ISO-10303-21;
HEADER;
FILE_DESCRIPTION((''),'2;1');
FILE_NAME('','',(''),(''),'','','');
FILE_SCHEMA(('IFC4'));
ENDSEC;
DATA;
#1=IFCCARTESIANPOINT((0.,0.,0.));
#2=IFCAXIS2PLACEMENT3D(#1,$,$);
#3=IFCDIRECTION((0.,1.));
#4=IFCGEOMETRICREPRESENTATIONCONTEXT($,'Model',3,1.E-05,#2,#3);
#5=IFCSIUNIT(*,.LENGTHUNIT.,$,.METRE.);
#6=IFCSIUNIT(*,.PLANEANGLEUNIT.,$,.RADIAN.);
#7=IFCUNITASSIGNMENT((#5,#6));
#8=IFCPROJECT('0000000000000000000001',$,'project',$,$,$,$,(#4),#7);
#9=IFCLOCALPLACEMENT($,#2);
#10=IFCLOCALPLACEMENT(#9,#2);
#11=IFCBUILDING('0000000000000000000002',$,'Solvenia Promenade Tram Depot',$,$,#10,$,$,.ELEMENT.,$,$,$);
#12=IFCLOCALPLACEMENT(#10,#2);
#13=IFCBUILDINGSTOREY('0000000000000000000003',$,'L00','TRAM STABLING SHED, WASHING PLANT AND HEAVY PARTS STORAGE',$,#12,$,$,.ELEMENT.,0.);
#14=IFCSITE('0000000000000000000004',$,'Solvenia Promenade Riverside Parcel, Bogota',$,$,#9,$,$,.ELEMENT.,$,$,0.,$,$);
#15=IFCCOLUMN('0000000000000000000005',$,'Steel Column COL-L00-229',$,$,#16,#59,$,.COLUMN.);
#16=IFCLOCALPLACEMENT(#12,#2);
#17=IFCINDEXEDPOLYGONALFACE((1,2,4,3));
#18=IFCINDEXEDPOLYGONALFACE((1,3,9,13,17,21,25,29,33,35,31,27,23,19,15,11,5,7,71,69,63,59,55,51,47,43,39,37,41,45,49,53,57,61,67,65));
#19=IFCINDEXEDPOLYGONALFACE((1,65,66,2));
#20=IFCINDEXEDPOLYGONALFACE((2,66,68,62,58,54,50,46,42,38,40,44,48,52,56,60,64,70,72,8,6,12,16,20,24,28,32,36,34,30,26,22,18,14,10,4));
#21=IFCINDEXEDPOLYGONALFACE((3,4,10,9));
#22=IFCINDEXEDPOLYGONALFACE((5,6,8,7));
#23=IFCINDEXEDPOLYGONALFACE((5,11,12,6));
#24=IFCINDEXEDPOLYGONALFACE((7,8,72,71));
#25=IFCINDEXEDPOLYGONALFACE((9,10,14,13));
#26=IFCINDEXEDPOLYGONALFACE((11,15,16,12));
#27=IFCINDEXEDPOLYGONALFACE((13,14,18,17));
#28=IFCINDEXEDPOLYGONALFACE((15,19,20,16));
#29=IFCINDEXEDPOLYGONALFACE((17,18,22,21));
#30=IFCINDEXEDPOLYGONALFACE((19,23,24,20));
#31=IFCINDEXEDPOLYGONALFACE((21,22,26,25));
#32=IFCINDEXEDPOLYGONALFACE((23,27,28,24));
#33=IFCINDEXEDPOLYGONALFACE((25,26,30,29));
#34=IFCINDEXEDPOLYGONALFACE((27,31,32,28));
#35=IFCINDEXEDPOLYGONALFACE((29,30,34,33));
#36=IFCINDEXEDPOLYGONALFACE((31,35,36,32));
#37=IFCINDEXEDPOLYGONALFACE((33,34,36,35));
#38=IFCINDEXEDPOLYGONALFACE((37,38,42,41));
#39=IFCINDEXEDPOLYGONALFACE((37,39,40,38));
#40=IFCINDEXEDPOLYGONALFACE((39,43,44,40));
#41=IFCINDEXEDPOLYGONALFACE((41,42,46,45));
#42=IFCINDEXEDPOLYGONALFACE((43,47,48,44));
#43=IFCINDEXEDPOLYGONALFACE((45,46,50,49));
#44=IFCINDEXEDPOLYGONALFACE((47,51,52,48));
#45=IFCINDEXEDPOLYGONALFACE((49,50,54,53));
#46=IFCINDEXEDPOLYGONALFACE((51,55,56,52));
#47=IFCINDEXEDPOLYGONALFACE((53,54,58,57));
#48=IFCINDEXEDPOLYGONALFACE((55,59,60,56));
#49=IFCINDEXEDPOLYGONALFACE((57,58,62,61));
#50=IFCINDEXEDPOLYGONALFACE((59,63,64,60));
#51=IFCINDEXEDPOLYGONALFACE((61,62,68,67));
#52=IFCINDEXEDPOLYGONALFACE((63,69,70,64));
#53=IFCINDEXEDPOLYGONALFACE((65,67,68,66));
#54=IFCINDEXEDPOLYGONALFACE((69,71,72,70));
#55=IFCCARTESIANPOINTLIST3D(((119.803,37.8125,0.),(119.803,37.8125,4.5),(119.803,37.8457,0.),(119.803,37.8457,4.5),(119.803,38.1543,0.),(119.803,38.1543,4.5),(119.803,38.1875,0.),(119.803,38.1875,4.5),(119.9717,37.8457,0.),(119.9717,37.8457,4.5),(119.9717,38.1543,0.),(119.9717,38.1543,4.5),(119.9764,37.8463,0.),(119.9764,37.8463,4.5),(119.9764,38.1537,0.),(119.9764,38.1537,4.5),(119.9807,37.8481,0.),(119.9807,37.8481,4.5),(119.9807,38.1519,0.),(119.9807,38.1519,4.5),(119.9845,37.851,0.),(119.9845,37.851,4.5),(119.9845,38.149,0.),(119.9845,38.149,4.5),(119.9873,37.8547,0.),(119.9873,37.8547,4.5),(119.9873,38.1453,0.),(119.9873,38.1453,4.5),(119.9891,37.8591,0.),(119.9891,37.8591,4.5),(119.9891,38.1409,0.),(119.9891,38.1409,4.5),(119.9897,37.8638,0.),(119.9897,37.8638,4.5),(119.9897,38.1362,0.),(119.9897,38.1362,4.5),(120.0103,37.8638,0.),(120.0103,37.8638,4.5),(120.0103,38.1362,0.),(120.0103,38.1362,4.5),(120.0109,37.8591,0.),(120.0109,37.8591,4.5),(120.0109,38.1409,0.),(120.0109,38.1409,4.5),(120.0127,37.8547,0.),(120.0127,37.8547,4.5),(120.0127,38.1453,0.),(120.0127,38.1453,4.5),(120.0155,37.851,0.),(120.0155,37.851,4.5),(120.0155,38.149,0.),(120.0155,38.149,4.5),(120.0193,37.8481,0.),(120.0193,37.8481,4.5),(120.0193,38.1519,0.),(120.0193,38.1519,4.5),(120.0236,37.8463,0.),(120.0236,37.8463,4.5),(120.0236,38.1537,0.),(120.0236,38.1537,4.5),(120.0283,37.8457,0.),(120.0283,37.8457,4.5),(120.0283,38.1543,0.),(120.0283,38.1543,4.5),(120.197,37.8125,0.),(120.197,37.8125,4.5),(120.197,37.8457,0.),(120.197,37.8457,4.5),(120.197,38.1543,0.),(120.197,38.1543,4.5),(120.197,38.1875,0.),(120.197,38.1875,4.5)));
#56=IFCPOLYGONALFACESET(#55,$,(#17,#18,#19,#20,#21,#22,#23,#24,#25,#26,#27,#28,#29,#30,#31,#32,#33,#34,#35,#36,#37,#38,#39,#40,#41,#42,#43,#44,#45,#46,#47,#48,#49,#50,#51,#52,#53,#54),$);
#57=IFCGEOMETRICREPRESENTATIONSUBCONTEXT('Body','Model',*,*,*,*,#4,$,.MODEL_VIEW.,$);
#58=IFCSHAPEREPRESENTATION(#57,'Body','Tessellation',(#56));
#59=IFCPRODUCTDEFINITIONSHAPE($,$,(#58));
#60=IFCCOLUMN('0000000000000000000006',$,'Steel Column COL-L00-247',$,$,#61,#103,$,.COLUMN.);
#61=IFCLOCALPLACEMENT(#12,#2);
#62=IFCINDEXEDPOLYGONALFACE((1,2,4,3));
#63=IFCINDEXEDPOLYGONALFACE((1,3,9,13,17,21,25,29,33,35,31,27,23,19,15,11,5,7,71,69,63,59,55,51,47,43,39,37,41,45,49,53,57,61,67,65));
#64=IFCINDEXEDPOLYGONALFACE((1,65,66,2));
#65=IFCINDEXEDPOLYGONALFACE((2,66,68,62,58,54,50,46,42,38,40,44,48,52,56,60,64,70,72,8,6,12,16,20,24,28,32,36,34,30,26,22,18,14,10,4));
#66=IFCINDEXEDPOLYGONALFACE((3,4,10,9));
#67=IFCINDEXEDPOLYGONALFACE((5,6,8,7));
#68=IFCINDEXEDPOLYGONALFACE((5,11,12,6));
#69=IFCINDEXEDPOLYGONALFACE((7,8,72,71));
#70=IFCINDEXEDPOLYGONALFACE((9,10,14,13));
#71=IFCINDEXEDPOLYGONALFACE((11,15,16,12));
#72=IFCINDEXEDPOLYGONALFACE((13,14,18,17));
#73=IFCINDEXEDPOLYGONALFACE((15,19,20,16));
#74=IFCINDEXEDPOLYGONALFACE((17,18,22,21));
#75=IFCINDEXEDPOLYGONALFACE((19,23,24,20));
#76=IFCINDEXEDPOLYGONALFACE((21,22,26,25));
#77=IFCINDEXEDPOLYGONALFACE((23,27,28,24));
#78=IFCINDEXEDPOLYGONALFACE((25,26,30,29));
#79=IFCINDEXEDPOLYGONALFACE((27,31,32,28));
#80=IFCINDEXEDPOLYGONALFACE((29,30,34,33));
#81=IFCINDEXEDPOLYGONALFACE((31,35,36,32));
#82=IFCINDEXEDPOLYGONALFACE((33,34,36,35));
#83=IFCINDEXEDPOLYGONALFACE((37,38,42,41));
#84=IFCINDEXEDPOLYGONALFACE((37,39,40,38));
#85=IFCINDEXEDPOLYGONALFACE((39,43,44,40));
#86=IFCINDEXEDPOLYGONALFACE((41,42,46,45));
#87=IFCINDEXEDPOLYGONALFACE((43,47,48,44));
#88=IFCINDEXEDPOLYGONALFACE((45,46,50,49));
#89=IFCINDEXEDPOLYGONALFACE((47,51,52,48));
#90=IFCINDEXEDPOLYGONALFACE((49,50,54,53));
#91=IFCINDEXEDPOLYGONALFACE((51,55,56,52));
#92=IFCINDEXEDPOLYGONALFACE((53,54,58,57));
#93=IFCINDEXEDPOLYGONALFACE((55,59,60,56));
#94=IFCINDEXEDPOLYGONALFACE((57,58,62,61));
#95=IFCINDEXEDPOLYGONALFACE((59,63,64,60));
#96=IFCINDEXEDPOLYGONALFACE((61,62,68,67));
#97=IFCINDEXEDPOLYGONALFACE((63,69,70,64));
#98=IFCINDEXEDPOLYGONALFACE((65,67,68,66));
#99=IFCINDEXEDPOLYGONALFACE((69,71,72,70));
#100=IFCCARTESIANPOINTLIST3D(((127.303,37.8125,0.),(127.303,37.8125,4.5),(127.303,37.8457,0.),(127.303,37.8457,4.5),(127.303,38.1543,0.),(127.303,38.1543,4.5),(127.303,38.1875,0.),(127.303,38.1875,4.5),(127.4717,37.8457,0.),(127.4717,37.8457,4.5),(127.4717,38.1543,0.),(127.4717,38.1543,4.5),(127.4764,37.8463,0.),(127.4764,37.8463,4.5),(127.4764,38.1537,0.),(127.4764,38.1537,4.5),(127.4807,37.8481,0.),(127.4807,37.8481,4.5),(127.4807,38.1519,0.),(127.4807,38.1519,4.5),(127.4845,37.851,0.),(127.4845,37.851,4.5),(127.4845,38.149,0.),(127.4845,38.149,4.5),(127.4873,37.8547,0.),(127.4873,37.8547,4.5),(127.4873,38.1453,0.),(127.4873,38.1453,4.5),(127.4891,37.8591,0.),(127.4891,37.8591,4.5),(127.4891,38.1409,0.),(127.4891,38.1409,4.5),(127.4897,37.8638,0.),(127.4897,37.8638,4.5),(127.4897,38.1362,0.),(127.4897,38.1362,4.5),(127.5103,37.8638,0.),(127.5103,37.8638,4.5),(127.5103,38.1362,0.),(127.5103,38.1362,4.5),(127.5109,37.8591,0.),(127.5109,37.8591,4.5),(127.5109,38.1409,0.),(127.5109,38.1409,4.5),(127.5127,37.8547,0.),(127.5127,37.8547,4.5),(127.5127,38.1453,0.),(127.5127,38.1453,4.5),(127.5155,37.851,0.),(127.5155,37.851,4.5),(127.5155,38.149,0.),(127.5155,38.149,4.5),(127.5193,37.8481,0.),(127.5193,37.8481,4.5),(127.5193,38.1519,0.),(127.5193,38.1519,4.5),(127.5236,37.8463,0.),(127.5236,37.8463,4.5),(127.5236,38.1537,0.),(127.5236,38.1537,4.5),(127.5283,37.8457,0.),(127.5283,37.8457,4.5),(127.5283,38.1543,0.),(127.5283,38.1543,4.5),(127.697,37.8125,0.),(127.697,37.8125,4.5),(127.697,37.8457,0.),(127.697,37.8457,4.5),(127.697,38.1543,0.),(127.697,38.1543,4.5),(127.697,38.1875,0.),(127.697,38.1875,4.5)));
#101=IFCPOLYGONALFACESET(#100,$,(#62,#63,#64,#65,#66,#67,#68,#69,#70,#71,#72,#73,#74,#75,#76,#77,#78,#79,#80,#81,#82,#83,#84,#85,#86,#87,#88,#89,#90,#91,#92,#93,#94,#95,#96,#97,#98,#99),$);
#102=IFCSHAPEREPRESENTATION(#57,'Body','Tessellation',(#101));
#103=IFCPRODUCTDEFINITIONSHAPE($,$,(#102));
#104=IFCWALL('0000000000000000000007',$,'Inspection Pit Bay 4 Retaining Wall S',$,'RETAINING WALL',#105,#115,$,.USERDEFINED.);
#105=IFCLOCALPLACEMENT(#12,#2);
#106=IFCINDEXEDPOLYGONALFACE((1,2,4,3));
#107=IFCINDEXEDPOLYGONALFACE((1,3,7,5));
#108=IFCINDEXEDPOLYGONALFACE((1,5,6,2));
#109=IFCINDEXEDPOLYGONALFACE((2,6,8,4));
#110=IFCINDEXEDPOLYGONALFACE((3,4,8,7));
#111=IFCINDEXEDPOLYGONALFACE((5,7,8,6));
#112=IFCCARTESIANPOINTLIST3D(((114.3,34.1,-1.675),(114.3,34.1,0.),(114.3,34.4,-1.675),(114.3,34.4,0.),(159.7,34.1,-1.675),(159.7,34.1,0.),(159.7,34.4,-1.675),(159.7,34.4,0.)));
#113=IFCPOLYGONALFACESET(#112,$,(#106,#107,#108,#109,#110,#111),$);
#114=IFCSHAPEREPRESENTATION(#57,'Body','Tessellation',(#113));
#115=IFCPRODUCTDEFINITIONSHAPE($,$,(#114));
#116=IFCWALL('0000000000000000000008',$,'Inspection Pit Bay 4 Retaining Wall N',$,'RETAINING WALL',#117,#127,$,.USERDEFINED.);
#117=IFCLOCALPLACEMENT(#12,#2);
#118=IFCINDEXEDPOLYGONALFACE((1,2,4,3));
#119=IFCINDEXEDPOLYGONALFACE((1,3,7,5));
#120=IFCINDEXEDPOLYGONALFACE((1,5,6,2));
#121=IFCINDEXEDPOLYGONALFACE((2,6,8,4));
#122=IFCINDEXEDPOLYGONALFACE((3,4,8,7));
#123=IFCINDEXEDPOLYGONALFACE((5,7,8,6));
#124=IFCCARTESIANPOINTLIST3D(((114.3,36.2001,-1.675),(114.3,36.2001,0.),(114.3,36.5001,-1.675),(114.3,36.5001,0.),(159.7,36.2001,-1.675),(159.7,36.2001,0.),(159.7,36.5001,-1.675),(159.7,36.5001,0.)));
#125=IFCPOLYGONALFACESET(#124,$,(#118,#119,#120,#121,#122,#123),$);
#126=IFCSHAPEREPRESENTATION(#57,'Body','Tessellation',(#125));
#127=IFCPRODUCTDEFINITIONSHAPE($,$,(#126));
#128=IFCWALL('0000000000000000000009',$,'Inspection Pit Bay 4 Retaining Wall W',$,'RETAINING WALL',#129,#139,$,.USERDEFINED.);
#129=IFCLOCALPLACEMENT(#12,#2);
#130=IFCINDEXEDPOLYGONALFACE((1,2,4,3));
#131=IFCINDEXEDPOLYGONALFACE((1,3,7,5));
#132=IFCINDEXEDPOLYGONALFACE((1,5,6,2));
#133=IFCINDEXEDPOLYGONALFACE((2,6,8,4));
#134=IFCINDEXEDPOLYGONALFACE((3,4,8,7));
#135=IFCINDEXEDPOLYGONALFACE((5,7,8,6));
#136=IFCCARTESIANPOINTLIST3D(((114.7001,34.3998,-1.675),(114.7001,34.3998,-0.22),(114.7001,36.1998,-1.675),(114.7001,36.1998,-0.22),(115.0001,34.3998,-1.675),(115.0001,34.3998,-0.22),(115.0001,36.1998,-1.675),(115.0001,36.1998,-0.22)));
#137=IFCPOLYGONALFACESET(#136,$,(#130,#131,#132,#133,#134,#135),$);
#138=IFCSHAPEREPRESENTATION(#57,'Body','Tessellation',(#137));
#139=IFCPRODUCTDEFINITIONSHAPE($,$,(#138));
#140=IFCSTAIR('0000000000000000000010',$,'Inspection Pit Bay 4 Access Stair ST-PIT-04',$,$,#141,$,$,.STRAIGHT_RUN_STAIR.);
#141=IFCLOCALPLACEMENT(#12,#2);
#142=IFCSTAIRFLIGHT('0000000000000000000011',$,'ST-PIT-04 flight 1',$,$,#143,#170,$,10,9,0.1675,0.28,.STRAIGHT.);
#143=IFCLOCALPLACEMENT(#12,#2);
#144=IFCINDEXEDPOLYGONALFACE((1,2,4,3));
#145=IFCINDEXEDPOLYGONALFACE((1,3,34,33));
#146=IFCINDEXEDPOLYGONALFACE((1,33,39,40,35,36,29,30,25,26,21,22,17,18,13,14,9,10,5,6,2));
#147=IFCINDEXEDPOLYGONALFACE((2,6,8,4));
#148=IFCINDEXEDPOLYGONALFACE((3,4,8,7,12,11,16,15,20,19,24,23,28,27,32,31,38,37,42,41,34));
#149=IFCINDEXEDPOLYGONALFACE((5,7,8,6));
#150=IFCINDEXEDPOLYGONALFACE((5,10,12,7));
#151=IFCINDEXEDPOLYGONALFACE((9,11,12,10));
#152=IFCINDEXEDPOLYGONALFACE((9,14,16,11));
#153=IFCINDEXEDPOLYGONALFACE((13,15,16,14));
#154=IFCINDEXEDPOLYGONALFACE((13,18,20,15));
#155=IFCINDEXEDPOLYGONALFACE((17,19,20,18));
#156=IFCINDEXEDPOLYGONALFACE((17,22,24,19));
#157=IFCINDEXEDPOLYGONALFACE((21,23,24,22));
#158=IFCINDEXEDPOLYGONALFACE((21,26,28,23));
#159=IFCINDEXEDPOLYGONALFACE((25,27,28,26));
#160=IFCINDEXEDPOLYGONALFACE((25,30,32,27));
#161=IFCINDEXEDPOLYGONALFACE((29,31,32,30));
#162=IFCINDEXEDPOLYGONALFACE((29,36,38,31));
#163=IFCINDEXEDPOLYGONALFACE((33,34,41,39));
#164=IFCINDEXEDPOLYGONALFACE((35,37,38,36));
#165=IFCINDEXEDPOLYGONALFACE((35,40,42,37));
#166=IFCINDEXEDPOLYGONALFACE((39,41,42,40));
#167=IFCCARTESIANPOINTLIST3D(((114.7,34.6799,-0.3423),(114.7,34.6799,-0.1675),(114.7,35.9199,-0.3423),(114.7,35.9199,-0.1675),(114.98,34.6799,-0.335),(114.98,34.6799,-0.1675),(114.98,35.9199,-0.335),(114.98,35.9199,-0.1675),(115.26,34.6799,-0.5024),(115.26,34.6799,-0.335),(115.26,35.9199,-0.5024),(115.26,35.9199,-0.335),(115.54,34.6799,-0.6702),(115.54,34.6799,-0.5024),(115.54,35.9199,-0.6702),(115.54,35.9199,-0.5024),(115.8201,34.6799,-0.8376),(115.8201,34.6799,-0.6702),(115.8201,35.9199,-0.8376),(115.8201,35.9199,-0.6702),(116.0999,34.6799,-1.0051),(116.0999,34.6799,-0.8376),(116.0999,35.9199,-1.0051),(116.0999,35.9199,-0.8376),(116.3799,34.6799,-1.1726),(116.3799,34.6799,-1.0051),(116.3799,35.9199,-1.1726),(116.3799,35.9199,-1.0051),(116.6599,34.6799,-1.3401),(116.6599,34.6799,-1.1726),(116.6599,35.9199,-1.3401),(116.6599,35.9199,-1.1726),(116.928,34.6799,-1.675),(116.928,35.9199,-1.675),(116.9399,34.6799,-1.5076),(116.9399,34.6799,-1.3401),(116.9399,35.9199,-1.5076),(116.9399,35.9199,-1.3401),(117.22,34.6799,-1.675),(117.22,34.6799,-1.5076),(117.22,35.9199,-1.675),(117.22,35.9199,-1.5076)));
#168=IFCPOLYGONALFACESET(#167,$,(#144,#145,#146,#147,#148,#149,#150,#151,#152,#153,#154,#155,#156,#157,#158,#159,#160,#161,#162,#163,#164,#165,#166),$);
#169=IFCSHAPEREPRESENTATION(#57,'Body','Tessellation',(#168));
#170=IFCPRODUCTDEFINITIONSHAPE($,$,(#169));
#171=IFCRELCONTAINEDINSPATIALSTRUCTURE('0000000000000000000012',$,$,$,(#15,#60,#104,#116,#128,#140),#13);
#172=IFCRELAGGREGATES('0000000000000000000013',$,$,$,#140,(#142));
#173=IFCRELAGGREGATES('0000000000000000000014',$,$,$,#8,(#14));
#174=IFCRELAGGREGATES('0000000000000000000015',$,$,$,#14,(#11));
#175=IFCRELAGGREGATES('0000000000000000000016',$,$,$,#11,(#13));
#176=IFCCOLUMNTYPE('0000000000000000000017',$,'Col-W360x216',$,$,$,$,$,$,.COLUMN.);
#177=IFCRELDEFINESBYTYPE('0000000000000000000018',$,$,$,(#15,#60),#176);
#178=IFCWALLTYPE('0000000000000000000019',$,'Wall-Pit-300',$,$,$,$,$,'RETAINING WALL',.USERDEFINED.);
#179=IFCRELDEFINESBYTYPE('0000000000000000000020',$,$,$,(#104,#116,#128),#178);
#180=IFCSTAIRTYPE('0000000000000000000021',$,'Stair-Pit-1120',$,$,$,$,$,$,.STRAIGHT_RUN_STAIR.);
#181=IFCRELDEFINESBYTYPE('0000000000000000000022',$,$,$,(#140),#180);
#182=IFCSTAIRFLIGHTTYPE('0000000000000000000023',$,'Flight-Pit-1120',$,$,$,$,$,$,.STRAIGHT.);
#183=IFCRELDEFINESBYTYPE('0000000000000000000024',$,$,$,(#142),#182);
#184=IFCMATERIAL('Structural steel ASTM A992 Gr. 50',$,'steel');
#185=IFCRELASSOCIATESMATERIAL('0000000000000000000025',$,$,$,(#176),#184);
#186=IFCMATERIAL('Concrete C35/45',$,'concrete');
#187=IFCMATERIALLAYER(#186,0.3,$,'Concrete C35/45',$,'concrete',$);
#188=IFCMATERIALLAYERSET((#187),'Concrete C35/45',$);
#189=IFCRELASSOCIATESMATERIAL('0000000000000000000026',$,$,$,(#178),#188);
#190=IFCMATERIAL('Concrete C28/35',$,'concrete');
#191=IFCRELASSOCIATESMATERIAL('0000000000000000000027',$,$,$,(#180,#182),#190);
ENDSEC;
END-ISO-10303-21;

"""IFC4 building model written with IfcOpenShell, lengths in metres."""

from ifc_helpers import new_model, si_unit, direction, frame, frame_2d, origin, origin_2d, place, context, subcontext, project, spatial, polyline, rectangle, i_section, outline, extrude, material, layer, layer_set, material_profile, profile_set, type_object, element, aggregate, save


model = new_model("IFC4")

# Units and contexts
model_context = context("Model", 3, precision=1e-05, world=origin(), true_north=direction((0.0, 1.0)))
body_context = subcontext(model_context, "Body", "Model", "MODEL_VIEW")
ifc_project = project(units=[si_unit("LENGTHUNIT", "METRE"), si_unit("PLANEANGLEUNIT", "RADIAN")], contexts=[model_context])

# Site, building, storey
site_placement = place(None, origin())
site = spatial("IfcSite", under=ifc_project, at=site_placement, Name="Solvenia Promenade Riverside Parcel, Bogota", CompositionType="ELEMENT", RefElevation=0.0)
building_placement = place(site_placement, origin())
building = spatial("IfcBuilding", under=site, at=building_placement, Name="Solvenia Promenade Tram Depot", CompositionType="ELEMENT")
storey_placement = place(building_placement, origin())
storey = spatial("IfcBuildingStorey", under=building, at=storey_placement, Name="L00", Description="TRAM STABLING SHED, WASHING PLANT AND HEAVY PARTS STORAGE", CompositionType="ELEMENT", Elevation=0.0)

# Shared definitions
ifc_material_1 = material(Name="Concrete C28/35", Category="concrete")

# Columns
ifc_material_2 = material(Name="Structural steel ASTM A992 Gr. 50", Category="steel")
ifc_material_profile_1 = material_profile(ifc_material_2, i_section(OverallWidth=0.394, OverallDepth=0.375, WebThickness=0.0205, FlangeThickness=0.0332, FilletRadius=0.0181, at=origin_2d()), Name="W360x216", Category="steel")
ifc_profile_set_1 = profile_set([ifc_material_profile_1], Name="Structural steel ASTM A992 Gr. 50")
column_type = type_object("IfcColumnType", Name="Col-W360x216", PredefinedType="COLUMN", material=ifc_profile_set_1)
for number, where, z_axis, x_axis, name in (
    (1, (120.0, 38.0, 0.0), (0.0, 0.0, 1.0), (1.0, 0.0, 0.0), "Steel Column COL-L00-229"),
    (2, (127.5, 38.0, 0.0), (0.0, 0.0, 1.0), (1.0, 0.0, 0.0), "Steel Column COL-L00-247"),
):
    element("IfcColumn", number, at=place(storey_placement, frame(where, z_axis=z_axis, x_axis=x_axis)), inside=storey, type_object=column_type, Name=name, PredefinedType="COLUMN", context=body_context, shape_type="SweptSolid", body=[
        extrude(i_section(OverallWidth=0.394, OverallDepth=0.375, WebThickness=0.0205, FlangeThickness=0.0332, FilletRadius=0.0181, at=origin_2d()), origin(), (0.0, 0.0, 1.0), 4.5),
    ])

# Walls
ifc_material_3 = material(Name="Concrete C35/45", Category="concrete")
ifc_layer = layer(ifc_material_3, 0.3, Name="Concrete C35/45", Category="concrete")
ifc_layer_set = layer_set([ifc_layer], Name="Concrete C35/45")
wall_type = type_object("IfcWallType", Name="Wall-Pit-300", ElementType="RETAINING WALL", PredefinedType="USERDEFINED", material=ifc_layer_set)
for number, where, z_axis, x_axis, name in (
    (3, (114.3, 34.25, -1.675), (0.0, 0.0, 1.0), (1.0, 0.0, 0.0), "Inspection Pit Bay 4 Retaining Wall S"),
    (4, (114.3, 36.3501, -1.675), (0.0, 0.0, 1.0), (1.0, 0.0, 0.0), "Inspection Pit Bay 4 Retaining Wall N"),
):
    element("IfcWall", number, at=place(storey_placement, frame(where, z_axis=z_axis, x_axis=x_axis)), inside=storey, type_object=wall_type, Name=name, ObjectType="RETAINING WALL", PredefinedType="USERDEFINED", context=body_context, shape_type="SweptSolid", body=[
        extrude(rectangle(XDim=45.3999, YDim=0.3, at=frame_2d((22.7, 0.0))), origin(), (0.0, 0.0, 1.0), 1.675),
    ])
wall_placement = place(storey_placement, frame((114.8501, 34.3999, -1.675), z_axis=(0.0, 0.0, 1.0), x_axis=(0.0, 1.0, 0.0)))
element("IfcWall", 5, at=wall_placement, inside=storey, type_object=wall_type, Name="Inspection Pit Bay 4 Retaining Wall W", ObjectType="RETAINING WALL", PredefinedType="USERDEFINED", context=body_context, shape_type="SweptSolid", body=[
    extrude(rectangle(XDim=1.8, YDim=0.3, at=frame_2d((0.8999, 0.0))), origin(), (0.0, 0.0, 1.0), 1.4551),
])

# Stair, stair flight
stair_type = type_object("IfcStairType", Name="Stair-Pit-1120", PredefinedType="STRAIGHT_RUN_STAIR", material=ifc_material_1)
stair_placement = place(storey_placement, origin())
stair = element("IfcStair", 6, at=stair_placement, inside=storey, type_object=stair_type, Name="Inspection Pit Bay 4 Access Stair ST-PIT-04", PredefinedType="STRAIGHT_RUN_STAIR")
stair_flight_type = type_object("IfcStairFlightType", Name="Flight-Pit-1120", PredefinedType="STRAIGHT", material=ifc_material_1)
stair_flight_placement = place(storey_placement, frame((117.22, 35.3, -1.675), z_axis=(0.0, 0.0, 1.0), x_axis=(-1.0, 0.0, 0.0)))
stair_flight = element("IfcStairFlight", 7, at=stair_flight_placement, type_object=stair_flight_type, Name="ST-PIT-04 flight 1", NumberOfRisers=10, NumberOfTreads=9, PredefinedType="STRAIGHT", RiserHeight=0.1675, TreadLength=0.28, context=body_context, shape_type="SweptSolid", body=[
    extrude(outline(polyline([(0.0, 0.0), (0.0, 0.1675), (0.28, 0.1675), (0.28, 0.335), (0.5601, 0.335), (0.5601, 0.5024), (0.8401, 0.5024), (0.8401, 0.6699), (1.1201, 0.6699), (1.1201, 0.8374), (1.3999, 0.8374), (1.3999, 1.0049), (1.6799, 1.0049), (1.6799, 1.1726), (1.96, 1.1726), (1.96, 1.3401), (2.24, 1.3401), (2.24, 1.5076), (2.52, 1.5076), (2.52, 1.675), (2.52, 1.3328), (0.292, 0.0), (0.0, 0.0)])), frame((0.0, 0.6201, 0.0), z_axis=(0.0, -1.0, 0.0), x_axis=(1.0, 0.0, 0.0)), (0.0, 0.0, 1.0), 1.24),
])
aggregate(stair, [stair_flight])

save(model, "model.ifc")
